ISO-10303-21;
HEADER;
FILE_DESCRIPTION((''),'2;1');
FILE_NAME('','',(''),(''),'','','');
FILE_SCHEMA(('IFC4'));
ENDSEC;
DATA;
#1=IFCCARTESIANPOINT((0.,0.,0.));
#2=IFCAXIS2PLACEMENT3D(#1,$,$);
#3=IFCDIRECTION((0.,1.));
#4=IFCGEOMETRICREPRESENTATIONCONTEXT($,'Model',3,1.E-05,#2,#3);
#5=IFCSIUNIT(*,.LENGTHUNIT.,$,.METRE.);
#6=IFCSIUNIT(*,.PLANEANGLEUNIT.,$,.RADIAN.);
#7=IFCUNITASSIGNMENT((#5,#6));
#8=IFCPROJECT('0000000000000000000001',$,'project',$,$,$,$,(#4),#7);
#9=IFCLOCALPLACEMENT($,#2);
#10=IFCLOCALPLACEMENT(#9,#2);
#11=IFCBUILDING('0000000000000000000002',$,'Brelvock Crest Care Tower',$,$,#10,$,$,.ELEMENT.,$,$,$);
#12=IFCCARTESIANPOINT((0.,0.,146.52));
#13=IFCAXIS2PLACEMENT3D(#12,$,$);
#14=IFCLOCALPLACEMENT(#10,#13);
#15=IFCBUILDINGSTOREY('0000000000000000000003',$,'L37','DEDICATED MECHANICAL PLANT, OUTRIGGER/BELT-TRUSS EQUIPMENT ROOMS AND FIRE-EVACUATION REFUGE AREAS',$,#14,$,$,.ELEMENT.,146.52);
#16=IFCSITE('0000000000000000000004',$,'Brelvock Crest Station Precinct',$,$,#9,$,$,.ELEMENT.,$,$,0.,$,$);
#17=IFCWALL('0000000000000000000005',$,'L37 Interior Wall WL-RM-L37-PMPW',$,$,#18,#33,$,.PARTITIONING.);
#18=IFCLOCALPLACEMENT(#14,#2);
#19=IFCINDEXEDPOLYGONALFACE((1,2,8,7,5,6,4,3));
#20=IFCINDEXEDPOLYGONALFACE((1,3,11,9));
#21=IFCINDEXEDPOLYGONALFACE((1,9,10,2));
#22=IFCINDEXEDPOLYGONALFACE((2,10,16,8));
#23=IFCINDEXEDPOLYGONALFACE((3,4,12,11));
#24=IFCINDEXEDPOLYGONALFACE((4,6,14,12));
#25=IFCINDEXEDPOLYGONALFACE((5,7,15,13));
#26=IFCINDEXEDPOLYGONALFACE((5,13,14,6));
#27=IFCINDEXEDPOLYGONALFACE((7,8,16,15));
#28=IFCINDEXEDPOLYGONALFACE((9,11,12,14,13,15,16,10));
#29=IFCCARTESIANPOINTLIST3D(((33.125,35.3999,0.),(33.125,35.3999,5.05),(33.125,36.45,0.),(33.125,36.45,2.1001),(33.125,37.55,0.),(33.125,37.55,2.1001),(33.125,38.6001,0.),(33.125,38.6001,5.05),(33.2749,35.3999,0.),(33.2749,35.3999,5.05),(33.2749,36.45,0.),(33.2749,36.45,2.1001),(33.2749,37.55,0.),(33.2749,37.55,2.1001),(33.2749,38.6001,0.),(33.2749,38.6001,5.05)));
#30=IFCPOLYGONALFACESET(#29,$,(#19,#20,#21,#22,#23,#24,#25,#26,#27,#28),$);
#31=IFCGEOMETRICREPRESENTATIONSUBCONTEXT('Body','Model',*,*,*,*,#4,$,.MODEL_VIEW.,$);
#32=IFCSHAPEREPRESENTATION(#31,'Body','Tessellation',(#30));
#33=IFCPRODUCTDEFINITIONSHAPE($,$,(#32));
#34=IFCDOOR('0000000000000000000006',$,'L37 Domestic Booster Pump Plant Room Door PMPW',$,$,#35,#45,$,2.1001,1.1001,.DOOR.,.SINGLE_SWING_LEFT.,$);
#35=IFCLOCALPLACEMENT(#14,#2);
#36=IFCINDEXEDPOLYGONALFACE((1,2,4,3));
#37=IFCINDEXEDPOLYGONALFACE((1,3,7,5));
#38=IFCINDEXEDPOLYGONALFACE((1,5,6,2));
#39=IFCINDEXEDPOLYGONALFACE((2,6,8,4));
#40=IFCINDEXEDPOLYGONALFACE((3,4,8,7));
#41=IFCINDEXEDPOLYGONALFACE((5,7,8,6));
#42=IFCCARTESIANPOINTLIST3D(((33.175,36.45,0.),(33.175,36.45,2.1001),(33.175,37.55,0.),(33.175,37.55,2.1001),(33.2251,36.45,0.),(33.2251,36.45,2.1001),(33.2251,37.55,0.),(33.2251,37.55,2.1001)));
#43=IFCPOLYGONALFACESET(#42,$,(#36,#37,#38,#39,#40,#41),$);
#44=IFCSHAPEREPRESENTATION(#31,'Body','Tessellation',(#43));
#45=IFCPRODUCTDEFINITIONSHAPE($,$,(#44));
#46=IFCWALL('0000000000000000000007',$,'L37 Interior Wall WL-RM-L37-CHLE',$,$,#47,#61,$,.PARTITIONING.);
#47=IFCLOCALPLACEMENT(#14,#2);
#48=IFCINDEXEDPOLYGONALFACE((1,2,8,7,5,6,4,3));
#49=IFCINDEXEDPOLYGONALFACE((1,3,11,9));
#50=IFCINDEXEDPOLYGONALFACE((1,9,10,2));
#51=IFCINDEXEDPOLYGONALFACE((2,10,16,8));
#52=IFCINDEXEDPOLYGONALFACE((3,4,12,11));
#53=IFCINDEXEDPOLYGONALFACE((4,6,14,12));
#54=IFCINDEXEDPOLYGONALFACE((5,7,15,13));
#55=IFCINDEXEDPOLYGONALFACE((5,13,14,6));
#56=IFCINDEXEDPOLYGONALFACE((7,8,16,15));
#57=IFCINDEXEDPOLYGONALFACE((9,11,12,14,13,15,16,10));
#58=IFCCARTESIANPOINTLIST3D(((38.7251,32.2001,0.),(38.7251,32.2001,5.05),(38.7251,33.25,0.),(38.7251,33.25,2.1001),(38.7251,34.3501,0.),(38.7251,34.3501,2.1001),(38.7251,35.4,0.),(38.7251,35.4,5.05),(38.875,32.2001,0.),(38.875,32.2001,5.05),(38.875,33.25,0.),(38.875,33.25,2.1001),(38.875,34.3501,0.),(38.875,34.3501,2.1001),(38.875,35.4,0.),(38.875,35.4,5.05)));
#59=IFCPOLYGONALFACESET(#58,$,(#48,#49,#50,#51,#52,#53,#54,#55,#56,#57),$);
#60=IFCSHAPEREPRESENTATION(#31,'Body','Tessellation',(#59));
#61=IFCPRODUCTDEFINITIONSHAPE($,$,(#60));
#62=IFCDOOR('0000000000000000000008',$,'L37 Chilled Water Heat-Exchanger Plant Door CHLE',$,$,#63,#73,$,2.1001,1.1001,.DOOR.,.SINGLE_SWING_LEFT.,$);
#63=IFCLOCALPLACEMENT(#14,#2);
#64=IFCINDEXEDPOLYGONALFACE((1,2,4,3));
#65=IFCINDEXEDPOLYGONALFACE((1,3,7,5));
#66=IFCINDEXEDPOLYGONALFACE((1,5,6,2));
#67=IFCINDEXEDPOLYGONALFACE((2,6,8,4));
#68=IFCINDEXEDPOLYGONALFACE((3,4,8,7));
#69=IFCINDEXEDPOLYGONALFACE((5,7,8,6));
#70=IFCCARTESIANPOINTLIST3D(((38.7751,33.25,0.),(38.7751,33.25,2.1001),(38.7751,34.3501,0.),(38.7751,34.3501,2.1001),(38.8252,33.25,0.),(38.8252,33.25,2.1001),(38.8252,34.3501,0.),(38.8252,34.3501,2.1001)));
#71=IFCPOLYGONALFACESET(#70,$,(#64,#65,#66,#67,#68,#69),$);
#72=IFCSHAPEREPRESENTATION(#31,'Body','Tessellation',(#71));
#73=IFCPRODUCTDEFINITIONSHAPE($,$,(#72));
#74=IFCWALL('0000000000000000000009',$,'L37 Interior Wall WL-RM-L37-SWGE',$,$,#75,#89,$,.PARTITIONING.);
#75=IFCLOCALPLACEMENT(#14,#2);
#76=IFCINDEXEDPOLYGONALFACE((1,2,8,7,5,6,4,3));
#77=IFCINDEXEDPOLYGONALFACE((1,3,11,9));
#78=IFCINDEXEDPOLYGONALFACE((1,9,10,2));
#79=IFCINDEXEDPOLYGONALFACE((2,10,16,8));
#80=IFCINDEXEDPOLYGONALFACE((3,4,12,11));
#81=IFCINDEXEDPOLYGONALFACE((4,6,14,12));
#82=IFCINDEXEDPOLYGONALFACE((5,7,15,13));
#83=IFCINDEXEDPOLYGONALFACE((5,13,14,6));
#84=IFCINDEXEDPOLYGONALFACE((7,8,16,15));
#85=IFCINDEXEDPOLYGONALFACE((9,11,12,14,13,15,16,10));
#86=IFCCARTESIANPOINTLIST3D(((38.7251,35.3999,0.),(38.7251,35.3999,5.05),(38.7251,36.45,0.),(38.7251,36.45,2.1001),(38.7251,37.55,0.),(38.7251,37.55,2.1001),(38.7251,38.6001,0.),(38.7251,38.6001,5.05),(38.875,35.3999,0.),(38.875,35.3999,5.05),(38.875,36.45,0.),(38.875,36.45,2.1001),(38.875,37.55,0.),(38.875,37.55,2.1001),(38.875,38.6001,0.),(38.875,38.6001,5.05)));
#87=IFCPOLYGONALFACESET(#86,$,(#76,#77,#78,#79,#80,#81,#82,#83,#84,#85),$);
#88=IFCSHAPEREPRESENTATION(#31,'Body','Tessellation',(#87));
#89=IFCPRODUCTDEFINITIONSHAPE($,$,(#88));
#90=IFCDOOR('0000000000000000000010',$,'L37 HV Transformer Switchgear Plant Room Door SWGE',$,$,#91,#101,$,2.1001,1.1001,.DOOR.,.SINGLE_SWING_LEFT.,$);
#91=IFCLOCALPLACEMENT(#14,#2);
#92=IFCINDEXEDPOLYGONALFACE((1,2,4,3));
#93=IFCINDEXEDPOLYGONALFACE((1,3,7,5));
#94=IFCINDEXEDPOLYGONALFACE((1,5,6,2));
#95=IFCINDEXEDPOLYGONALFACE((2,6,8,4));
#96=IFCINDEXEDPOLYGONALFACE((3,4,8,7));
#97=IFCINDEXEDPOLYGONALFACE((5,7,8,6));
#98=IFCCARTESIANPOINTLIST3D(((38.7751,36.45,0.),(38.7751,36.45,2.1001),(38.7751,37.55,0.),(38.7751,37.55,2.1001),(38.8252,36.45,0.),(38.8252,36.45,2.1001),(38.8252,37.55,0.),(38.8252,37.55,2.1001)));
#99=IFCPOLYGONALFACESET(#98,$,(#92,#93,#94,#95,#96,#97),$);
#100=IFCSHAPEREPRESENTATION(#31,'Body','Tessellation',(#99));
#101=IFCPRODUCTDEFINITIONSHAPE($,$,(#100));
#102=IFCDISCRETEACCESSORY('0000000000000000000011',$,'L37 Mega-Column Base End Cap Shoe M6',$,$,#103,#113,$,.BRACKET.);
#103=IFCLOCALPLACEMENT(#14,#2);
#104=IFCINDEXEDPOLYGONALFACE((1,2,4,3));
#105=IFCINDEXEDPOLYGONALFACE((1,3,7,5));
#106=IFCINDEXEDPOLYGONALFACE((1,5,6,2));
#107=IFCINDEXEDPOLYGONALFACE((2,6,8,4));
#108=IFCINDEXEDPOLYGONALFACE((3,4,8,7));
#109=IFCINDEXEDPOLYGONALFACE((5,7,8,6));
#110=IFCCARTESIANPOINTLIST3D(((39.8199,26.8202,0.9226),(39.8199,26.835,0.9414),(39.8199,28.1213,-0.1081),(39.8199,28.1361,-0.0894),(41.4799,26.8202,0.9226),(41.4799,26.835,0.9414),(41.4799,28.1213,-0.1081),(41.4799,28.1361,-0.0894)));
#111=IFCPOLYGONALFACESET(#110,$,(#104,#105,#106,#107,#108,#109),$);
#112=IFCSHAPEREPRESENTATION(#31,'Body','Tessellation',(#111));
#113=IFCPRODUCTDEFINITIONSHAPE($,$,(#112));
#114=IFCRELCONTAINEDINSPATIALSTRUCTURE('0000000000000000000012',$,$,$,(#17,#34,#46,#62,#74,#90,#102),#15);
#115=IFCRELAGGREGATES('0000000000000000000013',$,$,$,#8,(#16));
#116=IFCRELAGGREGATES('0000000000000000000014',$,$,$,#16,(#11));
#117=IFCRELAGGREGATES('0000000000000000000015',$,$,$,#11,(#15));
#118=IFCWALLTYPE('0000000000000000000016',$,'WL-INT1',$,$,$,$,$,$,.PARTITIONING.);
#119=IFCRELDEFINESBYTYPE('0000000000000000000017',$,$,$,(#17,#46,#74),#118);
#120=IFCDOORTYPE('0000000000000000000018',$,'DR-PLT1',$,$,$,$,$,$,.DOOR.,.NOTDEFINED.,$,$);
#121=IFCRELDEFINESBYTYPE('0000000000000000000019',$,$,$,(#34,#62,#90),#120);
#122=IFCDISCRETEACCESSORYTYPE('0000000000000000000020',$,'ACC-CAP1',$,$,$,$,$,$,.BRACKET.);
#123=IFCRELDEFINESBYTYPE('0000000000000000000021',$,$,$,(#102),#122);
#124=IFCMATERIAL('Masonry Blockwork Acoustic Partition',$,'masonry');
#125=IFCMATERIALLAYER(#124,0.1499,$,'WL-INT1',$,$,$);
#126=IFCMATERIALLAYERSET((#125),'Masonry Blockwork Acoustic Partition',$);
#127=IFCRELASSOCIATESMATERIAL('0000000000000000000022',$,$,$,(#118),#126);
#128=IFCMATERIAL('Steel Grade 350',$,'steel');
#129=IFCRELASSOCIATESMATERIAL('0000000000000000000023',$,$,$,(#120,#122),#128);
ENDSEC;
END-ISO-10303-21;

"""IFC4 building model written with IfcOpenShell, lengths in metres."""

from ifc_helpers import new_model, si_unit, direction, frame, frame_2d, origin, origin_2d, place, context, subcontext, project, spatial, rectangle, extrude, source, transform, mapped, material, layer, layer_set, material_profile, profile_set, type_object, element, fill, save


model = new_model("IFC4")

# Units and contexts
model_context = context("Model", 3, precision=1e-05, world=origin(), true_north=direction((0.0, 1.0)))
body_context = subcontext(model_context, "Body", "Model", "MODEL_VIEW")
ifc_project = project(units=[si_unit("LENGTHUNIT", "METRE"), si_unit("PLANEANGLEUNIT", "RADIAN")], contexts=[model_context])

# Site, building, storey
site_placement = place(None, origin())
site = spatial("IfcSite", under=ifc_project, at=site_placement, Name="Brelvock Crest Station Precinct", CompositionType="ELEMENT", RefElevation=0.0)
building_placement = place(site_placement, origin())
building = spatial("IfcBuilding", under=site, at=building_placement, Name="Brelvock Crest Care Tower", CompositionType="ELEMENT")
storey_placement = place(building_placement, frame((0.0, 0.0, 146.52)))
storey = spatial("IfcBuildingStorey", under=building, at=storey_placement, Name="L37", Description="DEDICATED MECHANICAL PLANT, OUTRIGGER/BELT-TRUSS EQUIPMENT ROOMS AND FIRE-EVACUATION REFUGE AREAS", CompositionType="ELEMENT", Elevation=146.52)

# Shared definitions
ifc_material_1 = material(Name="Steel Grade 350", Category="steel")

# Shared definitions
ifc_material_2 = material(Name="Masonry Blockwork Acoustic Partition", Category="masonry")
ifc_layer = layer(ifc_material_2, 0.1499, Name="WL-INT1")
ifc_layer_set = layer_set([ifc_layer], Name="Masonry Blockwork Acoustic Partition")
wall_type = type_object("IfcWallType", Name="WL-INT1", PredefinedType="PARTITIONING", material=ifc_layer_set)

# Walls, openings, doors
door_type = type_object("IfcDoorType", Name="DR-PLT1", OperationType="NOTDEFINED", PredefinedType="DOOR", material=ifc_material_1)
shared_shape_1 = source(origin(), body_context, "Body", "SweptSolid", [
    extrude(rectangle(XDim=1.1001, YDim=2.1001, at=origin_2d()), frame((0.55, 0.0249, 1.05), z_axis=(0.0, -1.0, 0.0), x_axis=(1.0, 0.0, 0.0)), (0.0, 0.0, 1.0), 0.05),
])
wall_1_placement = place(storey_placement, frame((33.2, 35.3999, 0.0), z_axis=(0.0, 0.0, 1.0), x_axis=(0.0, 1.0, 0.0)))
wall_1 = element("IfcWall", 1, at=wall_1_placement, inside=storey, type_object=wall_type, Name="L37 Interior Wall WL-RM-L37-PMPW", PredefinedType="PARTITIONING", context=body_context, shape_type="SweptSolid", body=[
    extrude(rectangle(XDim=3.2002, YDim=0.1499, at=frame_2d((1.6001, 0.0))), origin(), (0.0, 0.0, 1.0), 5.05),
])
opening_1_placement = place(wall_1_placement, frame((1.05, 0.0, 0.0)))
opening_1 = element("IfcOpeningElement", 2, at=opening_1_placement, cuts=wall_1, PredefinedType="OPENING", context=body_context, shape_type="SweptSolid", body=[
    extrude(rectangle(XDim=1.1001, YDim=2.1001, at=origin_2d()), frame((0.55, 0.085, 1.05), z_axis=(0.0, -1.0, 0.0), x_axis=(1.0, 0.0, 0.0)), (0.0, 0.0, 1.0), 0.1699),
])
door_1_placement = place(opening_1_placement, origin())
door_1 = element("IfcDoor", 3, at=door_1_placement, inside=storey, type_object=door_type, Name="L37 Domestic Booster Pump Plant Room Door PMPW", OperationType="SINGLE_SWING_LEFT", OverallHeight=2.1001, OverallWidth=1.1001, PredefinedType="DOOR", context=body_context, shape_type="MappedRepresentation", body=[
    mapped(shared_shape_1, transform((0.0, 0.0, 0.0), x_axis=(1.0, 0.0, 0.0), y_axis=(0.0, 1.0, 0.0), z_axis=(0.0, 0.0, 1.0), scale=1.0)),
])
fill(opening_1, door_1)
wall_2_placement = place(storey_placement, frame((38.8, 32.2, 0.0), z_axis=(0.0, 0.0, 1.0), x_axis=(0.0, 1.0, 0.0)))
wall_2 = element("IfcWall", 4, at=wall_2_placement, inside=storey, type_object=wall_type, Name="L37 Interior Wall WL-RM-L37-CHLE", PredefinedType="PARTITIONING", context=body_context, shape_type="SweptSolid", body=[
    extrude(rectangle(XDim=3.2, YDim=0.1499, at=frame_2d((1.6001, 0.0))), origin(), (0.0, 0.0, 1.0), 5.05),
])
opening_2_placement = place(wall_2_placement, frame((1.05, 0.0, 0.0)))
opening_2 = element("IfcOpeningElement", 5, at=opening_2_placement, cuts=wall_2, PredefinedType="OPENING", context=body_context, shape_type="SweptSolid", body=[
    extrude(rectangle(XDim=1.1001, YDim=2.1001, at=origin_2d()), frame((0.55, 0.085, 1.05), z_axis=(0.0, -1.0, 0.0), x_axis=(1.0, 0.0, 0.0)), (0.0, 0.0, 1.0), 0.1699),
])
door_2_placement = place(opening_2_placement, origin())
door_2 = element("IfcDoor", 6, at=door_2_placement, inside=storey, type_object=door_type, Name="L37 Chilled Water Heat-Exchanger Plant Door CHLE", OperationType="SINGLE_SWING_LEFT", OverallHeight=2.1001, OverallWidth=1.1001, PredefinedType="DOOR", context=body_context, shape_type="MappedRepresentation", body=[
    mapped(shared_shape_1, transform((0.0, 0.0, 0.0), x_axis=(1.0, 0.0, 0.0), y_axis=(0.0, 1.0, 0.0), z_axis=(0.0, 0.0, 1.0), scale=1.0)),
])
fill(opening_2, door_2)
wall_3_placement = place(storey_placement, frame((38.8, 35.3999, 0.0), z_axis=(0.0, 0.0, 1.0), x_axis=(0.0, 1.0, 0.0)))
wall_3 = element("IfcWall", 7, at=wall_3_placement, inside=storey, type_object=wall_type, Name="L37 Interior Wall WL-RM-L37-SWGE", PredefinedType="PARTITIONING", context=body_context, shape_type="SweptSolid", body=[
    extrude(rectangle(XDim=3.2002, YDim=0.1499, at=frame_2d((1.6001, 0.0))), origin(), (0.0, 0.0, 1.0), 5.05),
])
opening_3_placement = place(wall_3_placement, frame((1.05, 0.0, 0.0)))
opening_3 = element("IfcOpeningElement", 8, at=opening_3_placement, cuts=wall_3, PredefinedType="OPENING", context=body_context, shape_type="SweptSolid", body=[
    extrude(rectangle(XDim=1.1001, YDim=2.1001, at=origin_2d()), frame((0.55, 0.085, 1.05), z_axis=(0.0, -1.0, 0.0), x_axis=(1.0, 0.0, 0.0)), (0.0, 0.0, 1.0), 0.1699),
])
door_3_placement = place(opening_3_placement, origin())
door_3 = element("IfcDoor", 9, at=door_3_placement, inside=storey, type_object=door_type, Name="L37 HV Transformer Switchgear Plant Room Door SWGE", OperationType="SINGLE_SWING_LEFT", OverallHeight=2.1001, OverallWidth=1.1001, PredefinedType="DOOR", context=body_context, shape_type="MappedRepresentation", body=[
    mapped(shared_shape_1, transform((0.0, 0.0, 0.0), x_axis=(1.0, 0.0, 0.0), y_axis=(0.0, 1.0, 0.0), z_axis=(0.0, 0.0, 1.0), scale=1.0)),
])
fill(opening_3, door_3)

# Discrete accessory
ifc_material_profile_1 = material_profile(ifc_material_1, rectangle(XDim=1.6599, YDim=1.6599, at=origin_2d()), Name="ACC-CAP1")
ifc_profile_set_1 = profile_set([ifc_material_profile_1], Name="Steel Grade 350")
discrete_accessory_type = type_object("IfcDiscreteAccessoryType", Name="ACC-CAP1", PredefinedType="BRACKET", material=ifc_profile_set_1)
shared_shape_2 = source(origin(), body_context, "Body", "SweptSolid", [
    extrude(rectangle(XDim=1.6599, YDim=1.6599, at=origin_2d()), origin(), (0.0, 0.0, 1.0), 0.0239),
])
discrete_accessory_placement = place(storey_placement, frame((40.6499, 27.4707, 0.4072), z_axis=(0.0, 0.620964, 0.783839), x_axis=(-1.0, 0.0, 0.0)))
element("IfcDiscreteAccessory", 10, at=discrete_accessory_placement, inside=storey, type_object=discrete_accessory_type, Name="L37 Mega-Column Base End Cap Shoe M6", PredefinedType="BRACKET", context=body_context, shape_type="MappedRepresentation", body=[
    mapped(shared_shape_2, transform((0.0, 0.0, 0.0), x_axis=(1.0, 0.0, 0.0), y_axis=(0.0, 1.0, 0.0), z_axis=(0.0, 0.0, 1.0), scale=1.0)),
])

save(model, "model.ifc")
